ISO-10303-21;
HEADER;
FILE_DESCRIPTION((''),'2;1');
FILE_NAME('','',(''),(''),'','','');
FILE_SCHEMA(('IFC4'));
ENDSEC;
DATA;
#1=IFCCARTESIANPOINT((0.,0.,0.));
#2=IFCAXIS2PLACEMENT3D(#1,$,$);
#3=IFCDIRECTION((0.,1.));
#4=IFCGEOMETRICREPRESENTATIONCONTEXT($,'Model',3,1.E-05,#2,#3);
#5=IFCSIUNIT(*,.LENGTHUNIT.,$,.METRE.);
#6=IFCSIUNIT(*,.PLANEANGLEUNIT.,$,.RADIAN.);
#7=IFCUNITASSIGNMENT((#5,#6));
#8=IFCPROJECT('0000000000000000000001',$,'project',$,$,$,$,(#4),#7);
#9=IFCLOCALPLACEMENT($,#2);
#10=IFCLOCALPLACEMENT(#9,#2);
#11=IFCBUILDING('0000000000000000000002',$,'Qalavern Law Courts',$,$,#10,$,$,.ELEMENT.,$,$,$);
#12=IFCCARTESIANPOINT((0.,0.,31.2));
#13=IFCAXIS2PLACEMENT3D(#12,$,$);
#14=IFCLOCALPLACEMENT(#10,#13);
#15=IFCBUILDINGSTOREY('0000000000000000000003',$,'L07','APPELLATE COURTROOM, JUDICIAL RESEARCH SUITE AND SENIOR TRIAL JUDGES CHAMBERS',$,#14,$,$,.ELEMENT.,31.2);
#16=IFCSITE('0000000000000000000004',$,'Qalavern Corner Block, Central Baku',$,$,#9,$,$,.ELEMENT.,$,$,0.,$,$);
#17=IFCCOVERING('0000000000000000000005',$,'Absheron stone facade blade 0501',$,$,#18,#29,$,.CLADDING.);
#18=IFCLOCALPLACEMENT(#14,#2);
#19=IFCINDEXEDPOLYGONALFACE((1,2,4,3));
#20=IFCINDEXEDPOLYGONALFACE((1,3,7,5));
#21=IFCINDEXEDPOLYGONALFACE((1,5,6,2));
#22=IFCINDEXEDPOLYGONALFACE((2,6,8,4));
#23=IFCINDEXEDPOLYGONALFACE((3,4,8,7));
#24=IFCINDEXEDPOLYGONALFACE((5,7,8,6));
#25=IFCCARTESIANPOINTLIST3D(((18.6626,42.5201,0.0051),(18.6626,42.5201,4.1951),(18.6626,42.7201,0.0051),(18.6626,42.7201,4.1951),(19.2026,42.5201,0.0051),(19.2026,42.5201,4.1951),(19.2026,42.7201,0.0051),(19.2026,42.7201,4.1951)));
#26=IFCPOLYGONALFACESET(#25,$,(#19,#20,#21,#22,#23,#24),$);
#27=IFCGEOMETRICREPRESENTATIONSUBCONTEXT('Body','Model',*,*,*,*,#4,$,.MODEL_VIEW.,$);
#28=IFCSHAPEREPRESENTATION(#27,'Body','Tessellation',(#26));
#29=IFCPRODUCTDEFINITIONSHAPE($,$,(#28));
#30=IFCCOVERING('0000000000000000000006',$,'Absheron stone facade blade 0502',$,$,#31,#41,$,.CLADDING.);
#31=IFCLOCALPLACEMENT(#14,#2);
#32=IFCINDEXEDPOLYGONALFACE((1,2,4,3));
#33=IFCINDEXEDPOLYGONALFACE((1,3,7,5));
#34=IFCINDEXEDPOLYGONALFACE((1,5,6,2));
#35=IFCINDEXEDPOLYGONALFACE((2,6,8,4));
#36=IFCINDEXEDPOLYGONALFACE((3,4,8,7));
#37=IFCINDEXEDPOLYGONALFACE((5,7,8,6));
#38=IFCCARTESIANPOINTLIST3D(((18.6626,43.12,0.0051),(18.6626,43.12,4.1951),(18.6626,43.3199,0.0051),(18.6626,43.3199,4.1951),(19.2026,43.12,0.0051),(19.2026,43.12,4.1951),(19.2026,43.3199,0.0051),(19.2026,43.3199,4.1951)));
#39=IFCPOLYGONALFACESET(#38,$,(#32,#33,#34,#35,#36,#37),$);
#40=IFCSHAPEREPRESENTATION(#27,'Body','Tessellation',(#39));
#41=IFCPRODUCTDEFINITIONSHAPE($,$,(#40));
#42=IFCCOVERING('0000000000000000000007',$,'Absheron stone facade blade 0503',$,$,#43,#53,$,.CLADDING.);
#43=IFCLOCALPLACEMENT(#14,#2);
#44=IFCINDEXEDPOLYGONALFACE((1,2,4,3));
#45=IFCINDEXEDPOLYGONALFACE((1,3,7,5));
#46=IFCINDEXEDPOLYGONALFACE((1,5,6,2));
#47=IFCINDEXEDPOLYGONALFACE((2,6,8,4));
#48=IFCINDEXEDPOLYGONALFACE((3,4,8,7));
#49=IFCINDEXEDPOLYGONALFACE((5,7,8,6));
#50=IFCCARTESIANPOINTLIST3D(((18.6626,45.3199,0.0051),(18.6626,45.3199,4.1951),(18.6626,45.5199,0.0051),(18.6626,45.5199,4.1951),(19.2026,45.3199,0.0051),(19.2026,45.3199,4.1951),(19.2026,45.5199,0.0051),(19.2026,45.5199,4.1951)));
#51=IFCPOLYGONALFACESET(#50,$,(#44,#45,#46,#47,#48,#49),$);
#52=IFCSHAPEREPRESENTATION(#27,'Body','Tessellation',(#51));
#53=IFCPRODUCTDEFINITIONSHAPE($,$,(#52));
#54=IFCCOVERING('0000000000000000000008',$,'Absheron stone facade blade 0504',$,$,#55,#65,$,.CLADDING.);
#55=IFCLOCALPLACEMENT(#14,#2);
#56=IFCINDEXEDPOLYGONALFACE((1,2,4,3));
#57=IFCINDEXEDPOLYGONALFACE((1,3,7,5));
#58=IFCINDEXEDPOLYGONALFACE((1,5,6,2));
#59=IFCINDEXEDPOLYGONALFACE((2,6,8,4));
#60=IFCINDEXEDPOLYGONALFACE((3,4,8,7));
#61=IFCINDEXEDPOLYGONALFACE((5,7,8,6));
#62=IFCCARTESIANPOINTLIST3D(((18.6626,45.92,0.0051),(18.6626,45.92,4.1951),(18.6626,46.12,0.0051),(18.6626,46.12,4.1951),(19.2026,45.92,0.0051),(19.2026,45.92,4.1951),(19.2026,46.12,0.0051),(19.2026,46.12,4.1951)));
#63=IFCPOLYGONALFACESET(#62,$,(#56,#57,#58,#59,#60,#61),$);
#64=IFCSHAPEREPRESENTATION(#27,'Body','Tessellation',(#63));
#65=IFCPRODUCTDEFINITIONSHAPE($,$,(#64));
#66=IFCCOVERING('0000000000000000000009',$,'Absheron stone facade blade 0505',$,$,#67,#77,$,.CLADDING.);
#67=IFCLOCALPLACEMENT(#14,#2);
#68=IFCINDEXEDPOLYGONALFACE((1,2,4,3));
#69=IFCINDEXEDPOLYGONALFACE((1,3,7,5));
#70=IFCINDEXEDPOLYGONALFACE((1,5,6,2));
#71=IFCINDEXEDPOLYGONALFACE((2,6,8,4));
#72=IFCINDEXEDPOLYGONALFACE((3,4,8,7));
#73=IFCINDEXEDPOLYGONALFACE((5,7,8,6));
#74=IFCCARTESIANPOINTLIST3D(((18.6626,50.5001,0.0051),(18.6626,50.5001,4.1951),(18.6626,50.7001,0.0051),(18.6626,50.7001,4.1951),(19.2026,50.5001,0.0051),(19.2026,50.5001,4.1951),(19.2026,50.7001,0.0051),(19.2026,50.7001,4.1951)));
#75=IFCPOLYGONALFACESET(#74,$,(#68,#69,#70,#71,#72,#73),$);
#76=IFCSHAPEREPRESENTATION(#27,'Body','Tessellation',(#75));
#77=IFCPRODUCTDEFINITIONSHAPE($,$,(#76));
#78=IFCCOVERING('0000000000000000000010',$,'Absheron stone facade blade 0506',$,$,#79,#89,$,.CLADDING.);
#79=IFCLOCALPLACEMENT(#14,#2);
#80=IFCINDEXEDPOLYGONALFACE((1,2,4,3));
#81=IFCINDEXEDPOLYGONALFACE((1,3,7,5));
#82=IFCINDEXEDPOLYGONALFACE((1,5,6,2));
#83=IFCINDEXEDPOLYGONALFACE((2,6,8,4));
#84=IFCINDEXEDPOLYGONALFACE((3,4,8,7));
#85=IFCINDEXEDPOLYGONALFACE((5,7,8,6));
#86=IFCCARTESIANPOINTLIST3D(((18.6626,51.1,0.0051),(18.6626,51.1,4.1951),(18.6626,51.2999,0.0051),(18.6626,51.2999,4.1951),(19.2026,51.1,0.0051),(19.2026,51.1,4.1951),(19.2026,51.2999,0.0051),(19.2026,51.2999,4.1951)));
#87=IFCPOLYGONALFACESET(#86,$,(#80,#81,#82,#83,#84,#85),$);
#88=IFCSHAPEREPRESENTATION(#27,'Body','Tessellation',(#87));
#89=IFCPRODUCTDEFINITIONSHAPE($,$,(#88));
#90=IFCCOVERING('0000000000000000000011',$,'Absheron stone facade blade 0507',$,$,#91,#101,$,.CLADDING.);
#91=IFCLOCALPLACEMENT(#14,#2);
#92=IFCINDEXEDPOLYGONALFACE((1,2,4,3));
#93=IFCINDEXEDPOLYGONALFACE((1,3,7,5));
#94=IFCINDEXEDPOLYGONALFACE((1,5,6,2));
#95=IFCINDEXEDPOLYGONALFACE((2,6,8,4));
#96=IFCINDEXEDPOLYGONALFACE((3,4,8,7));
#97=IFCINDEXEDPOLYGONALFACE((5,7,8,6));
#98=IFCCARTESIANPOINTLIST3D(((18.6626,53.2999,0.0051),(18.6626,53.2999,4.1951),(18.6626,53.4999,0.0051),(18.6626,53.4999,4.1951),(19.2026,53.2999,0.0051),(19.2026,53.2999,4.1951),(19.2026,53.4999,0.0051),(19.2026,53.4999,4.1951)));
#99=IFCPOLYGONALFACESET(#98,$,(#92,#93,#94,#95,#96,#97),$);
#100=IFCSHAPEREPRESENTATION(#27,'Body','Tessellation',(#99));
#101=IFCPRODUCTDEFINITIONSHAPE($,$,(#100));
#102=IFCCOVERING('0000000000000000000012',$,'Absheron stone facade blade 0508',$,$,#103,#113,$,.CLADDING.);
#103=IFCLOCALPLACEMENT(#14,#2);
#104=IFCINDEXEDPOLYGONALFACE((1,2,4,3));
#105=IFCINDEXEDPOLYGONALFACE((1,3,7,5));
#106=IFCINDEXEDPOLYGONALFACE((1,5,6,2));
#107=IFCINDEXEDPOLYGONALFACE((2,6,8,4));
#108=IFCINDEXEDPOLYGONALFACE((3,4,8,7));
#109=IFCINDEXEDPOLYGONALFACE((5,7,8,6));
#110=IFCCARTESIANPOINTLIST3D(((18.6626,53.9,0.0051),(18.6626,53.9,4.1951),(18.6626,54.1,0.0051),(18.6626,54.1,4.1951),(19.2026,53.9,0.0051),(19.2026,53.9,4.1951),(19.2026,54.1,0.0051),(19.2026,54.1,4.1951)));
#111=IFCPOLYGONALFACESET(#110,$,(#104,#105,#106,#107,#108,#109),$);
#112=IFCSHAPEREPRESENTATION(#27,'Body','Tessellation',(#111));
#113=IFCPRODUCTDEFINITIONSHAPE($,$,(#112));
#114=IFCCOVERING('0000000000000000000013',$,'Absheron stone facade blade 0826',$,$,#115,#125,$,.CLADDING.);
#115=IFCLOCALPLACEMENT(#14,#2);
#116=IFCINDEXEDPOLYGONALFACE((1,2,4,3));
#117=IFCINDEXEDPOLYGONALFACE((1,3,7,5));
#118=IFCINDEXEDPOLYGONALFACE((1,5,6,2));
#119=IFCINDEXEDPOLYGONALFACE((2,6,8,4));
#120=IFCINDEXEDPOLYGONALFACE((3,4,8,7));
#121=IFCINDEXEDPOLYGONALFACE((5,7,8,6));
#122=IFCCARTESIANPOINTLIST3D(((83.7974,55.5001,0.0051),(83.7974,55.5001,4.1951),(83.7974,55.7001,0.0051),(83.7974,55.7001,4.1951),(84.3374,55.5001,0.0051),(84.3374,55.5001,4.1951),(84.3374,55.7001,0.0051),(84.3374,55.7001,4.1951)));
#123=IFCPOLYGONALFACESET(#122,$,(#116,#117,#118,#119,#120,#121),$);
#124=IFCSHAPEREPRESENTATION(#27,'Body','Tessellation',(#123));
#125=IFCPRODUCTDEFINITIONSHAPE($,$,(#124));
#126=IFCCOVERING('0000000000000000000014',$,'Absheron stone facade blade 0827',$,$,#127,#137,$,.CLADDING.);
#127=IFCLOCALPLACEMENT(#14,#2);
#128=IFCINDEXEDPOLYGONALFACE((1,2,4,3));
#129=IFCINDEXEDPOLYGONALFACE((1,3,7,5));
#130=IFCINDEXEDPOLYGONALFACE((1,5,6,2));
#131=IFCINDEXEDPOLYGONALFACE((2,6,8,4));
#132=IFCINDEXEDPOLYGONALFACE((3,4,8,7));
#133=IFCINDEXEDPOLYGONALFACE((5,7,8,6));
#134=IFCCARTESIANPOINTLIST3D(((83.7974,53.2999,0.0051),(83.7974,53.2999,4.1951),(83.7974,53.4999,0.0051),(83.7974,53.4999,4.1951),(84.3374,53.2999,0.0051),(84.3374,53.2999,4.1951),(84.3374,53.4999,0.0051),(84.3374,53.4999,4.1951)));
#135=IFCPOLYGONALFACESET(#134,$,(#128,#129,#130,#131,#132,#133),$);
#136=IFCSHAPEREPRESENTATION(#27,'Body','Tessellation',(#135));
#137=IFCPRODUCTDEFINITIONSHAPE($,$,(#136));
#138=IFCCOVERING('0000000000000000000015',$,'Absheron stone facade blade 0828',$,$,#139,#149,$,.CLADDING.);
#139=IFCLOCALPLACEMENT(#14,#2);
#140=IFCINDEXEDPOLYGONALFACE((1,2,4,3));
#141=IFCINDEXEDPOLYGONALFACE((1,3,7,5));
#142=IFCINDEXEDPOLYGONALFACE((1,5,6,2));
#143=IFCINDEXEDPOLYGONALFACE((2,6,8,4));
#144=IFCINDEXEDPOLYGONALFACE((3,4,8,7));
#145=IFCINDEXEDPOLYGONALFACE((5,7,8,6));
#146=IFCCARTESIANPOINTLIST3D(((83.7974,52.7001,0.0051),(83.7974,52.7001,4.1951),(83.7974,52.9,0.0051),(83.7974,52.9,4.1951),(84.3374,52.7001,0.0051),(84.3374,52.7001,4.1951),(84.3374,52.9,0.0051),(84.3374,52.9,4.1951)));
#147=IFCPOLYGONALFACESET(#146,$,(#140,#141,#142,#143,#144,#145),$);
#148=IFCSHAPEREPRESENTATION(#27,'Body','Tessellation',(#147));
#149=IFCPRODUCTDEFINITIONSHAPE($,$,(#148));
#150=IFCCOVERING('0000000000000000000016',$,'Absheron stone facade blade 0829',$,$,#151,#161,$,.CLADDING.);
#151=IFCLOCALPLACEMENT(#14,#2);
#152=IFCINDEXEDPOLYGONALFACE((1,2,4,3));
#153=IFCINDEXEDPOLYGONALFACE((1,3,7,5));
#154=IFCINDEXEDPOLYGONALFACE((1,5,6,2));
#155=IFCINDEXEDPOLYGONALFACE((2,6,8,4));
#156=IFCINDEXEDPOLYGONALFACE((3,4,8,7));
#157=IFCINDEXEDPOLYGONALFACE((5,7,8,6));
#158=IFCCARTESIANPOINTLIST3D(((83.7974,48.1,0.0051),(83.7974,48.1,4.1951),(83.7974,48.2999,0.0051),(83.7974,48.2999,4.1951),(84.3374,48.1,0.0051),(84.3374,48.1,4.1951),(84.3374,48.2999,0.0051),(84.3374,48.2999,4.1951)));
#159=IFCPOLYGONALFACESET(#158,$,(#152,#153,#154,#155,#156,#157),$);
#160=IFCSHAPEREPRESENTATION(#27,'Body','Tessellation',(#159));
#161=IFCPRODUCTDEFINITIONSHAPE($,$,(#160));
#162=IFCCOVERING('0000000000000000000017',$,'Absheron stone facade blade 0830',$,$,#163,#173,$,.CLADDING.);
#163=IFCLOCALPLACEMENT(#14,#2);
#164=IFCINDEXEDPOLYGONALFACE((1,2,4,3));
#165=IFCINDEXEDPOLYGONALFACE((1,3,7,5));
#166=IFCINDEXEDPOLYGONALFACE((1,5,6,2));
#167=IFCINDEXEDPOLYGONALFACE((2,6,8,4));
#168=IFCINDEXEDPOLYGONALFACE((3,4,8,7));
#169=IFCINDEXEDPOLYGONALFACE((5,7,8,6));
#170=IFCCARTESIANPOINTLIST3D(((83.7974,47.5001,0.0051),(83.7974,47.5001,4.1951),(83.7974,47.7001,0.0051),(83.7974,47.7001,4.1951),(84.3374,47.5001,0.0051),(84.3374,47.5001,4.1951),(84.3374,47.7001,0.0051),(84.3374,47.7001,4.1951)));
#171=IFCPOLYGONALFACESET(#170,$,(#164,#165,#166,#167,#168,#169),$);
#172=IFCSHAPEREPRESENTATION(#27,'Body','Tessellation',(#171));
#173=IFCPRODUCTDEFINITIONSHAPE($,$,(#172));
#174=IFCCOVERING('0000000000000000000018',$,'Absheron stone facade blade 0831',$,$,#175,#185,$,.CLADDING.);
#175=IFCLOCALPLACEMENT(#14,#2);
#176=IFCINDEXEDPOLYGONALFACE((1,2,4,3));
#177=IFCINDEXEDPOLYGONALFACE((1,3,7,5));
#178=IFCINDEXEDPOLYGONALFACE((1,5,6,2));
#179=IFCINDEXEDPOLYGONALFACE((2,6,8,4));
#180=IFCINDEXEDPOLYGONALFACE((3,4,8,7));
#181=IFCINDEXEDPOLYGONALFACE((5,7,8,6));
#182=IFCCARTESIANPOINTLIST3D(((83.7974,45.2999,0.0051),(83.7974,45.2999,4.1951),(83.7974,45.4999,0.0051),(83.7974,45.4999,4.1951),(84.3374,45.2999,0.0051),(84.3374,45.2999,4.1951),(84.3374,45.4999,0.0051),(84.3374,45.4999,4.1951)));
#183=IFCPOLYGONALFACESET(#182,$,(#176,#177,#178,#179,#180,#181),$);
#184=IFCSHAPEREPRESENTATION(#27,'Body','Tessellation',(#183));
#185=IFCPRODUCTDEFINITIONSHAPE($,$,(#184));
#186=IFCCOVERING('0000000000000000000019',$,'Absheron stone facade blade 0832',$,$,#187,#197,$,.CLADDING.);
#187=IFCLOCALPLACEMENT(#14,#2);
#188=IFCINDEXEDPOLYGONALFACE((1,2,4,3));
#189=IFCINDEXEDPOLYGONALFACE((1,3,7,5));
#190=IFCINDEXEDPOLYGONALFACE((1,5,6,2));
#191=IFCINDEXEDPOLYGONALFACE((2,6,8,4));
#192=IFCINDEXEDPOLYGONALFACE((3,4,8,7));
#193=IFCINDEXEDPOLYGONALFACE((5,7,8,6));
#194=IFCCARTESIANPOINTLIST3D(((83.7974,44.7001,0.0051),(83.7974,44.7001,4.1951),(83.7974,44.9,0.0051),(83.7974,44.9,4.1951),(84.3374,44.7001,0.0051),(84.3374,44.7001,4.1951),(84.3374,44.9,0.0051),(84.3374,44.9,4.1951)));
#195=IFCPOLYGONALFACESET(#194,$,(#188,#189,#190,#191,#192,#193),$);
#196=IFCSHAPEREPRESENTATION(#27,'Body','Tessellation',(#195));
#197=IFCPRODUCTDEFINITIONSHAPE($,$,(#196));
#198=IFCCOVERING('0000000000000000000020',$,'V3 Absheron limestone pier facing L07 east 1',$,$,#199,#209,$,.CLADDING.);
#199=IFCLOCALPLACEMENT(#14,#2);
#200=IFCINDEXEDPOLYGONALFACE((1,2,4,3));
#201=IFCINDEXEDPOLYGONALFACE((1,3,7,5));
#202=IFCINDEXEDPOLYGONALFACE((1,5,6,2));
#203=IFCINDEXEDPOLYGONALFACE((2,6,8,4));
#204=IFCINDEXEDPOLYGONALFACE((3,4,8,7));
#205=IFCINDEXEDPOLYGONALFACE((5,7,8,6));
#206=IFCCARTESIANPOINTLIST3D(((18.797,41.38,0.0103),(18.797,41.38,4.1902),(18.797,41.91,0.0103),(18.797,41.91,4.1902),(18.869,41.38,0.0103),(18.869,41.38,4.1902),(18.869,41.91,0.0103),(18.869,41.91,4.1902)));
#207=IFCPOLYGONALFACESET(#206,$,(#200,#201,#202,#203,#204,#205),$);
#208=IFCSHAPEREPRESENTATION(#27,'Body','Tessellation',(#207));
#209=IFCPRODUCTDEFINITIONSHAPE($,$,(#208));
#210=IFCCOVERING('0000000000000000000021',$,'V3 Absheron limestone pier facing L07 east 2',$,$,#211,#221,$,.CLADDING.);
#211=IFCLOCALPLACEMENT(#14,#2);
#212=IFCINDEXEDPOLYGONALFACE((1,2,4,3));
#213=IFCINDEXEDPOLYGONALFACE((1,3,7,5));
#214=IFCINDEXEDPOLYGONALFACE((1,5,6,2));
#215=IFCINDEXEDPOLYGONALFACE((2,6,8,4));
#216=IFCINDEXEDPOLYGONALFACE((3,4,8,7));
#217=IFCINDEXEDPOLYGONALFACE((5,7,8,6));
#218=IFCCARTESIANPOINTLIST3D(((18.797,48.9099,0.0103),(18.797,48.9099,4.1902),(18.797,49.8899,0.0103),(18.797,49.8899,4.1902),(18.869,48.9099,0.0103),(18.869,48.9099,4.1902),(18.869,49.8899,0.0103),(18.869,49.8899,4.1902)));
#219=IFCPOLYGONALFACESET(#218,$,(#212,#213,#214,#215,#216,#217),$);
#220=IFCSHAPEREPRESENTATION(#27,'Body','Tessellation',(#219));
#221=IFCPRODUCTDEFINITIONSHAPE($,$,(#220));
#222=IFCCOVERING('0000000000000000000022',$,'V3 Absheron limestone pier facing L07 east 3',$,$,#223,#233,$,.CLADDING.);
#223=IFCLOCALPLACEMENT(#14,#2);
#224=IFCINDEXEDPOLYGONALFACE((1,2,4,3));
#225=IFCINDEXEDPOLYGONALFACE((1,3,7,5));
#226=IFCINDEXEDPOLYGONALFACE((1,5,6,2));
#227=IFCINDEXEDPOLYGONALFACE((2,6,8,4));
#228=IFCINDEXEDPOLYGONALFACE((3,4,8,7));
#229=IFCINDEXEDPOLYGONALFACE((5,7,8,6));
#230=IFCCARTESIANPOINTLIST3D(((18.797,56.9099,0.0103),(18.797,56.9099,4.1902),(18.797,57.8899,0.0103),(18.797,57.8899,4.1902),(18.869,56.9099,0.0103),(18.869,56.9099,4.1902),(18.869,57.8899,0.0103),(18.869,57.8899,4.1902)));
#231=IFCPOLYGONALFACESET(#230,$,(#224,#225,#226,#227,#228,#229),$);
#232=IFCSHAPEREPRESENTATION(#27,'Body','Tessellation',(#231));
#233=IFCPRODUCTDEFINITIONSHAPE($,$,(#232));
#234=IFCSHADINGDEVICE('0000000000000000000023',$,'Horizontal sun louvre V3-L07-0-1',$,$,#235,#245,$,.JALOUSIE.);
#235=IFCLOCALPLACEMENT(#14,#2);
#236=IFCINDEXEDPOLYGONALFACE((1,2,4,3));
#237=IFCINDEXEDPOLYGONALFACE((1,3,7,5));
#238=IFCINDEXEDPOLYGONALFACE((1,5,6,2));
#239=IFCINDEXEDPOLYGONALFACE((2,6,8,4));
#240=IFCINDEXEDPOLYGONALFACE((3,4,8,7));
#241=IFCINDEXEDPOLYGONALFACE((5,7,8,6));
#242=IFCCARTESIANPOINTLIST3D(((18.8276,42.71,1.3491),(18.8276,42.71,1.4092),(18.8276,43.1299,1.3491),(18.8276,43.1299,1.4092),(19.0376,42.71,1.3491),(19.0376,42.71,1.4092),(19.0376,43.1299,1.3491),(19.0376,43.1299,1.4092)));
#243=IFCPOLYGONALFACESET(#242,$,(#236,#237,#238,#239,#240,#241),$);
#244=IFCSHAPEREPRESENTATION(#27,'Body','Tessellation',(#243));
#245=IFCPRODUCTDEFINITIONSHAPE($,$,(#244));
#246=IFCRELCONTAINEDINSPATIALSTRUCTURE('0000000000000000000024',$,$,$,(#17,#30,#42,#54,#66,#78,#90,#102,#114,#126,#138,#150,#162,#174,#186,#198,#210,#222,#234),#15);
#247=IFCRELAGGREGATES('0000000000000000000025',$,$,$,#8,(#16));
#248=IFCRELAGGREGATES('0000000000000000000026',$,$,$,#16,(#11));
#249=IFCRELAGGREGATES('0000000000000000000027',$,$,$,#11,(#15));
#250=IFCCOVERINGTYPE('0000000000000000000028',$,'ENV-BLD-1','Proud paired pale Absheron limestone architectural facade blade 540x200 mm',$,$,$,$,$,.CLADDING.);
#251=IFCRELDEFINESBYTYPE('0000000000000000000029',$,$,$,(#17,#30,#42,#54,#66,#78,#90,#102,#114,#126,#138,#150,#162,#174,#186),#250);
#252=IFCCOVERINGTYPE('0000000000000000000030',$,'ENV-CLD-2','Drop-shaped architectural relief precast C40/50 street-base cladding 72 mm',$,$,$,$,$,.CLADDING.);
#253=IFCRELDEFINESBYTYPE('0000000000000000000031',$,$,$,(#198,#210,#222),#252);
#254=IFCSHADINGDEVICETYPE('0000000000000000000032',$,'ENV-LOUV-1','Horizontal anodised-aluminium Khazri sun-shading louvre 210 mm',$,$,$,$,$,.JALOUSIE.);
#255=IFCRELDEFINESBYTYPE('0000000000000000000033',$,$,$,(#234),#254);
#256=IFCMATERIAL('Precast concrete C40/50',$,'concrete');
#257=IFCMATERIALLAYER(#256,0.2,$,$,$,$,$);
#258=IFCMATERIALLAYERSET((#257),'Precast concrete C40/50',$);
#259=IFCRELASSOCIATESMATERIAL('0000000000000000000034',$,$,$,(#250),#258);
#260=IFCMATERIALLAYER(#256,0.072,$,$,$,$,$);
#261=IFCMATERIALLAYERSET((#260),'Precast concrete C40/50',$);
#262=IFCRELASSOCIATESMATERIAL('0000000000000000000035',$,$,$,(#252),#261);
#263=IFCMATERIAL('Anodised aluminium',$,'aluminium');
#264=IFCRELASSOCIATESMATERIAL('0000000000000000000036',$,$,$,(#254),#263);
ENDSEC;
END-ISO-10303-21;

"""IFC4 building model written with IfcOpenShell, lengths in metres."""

from ifc_helpers import new_model, si_unit, direction, frame, origin, origin_2d, place, context, subcontext, project, spatial, rectangle, extrude, material, layer, layer_set, type_object, element, save


model = new_model("IFC4")

# Units and contexts
model_context = context("Model", 3, precision=1e-05, world=origin(), true_north=direction((0.0, 1.0)))
body_context = subcontext(model_context, "Body", "Model", "MODEL_VIEW")
ifc_project = project(units=[si_unit("LENGTHUNIT", "METRE"), si_unit("PLANEANGLEUNIT", "RADIAN")], contexts=[model_context])

# Site, building, storey
site_placement = place(None, origin())
site = spatial("IfcSite", under=ifc_project, at=site_placement, Name="Qalavern Corner Block, Central Baku", CompositionType="ELEMENT", RefElevation=0.0)
building_placement = place(site_placement, origin())
building = spatial("IfcBuilding", under=site, at=building_placement, Name="Qalavern Law Courts", CompositionType="ELEMENT")
storey_placement = place(building_placement, frame((0.0, 0.0, 31.2)))
storey = spatial("IfcBuildingStorey", under=building, at=storey_placement, Name="L07", Description="APPELLATE COURTROOM, JUDICIAL RESEARCH SUITE AND SENIOR TRIAL JUDGES CHAMBERS", CompositionType="ELEMENT", Elevation=31.2)

# Coverings
ifc_material_1 = material(Name="Precast concrete C40/50", Category="concrete")
ifc_layer_1 = layer(ifc_material_1, 0.2)
ifc_layer_set_1 = layer_set([ifc_layer_1], Name="Precast concrete C40/50")
covering_type_1 = type_object("IfcCoveringType", Name="ENV-BLD-1", Description="Proud paired pale Absheron limestone architectural facade blade 540x200 mm", PredefinedType="CLADDING", material=ifc_layer_set_1)
for number, where, z_axis, x_axis, name in (
    (1, (18.9326, 42.6201, 0.0051), (0.0, 0.0, 1.0), (1.0, 0.0, 0.0), "Absheron stone facade blade 0501"),
    (2, (18.9326, 43.22, 0.0051), (0.0, 0.0, 1.0), (1.0, 0.0, 0.0), "Absheron stone facade blade 0502"),
    (3, (18.9326, 45.4199, 0.0051), (0.0, 0.0, 1.0), (1.0, 0.0, 0.0), "Absheron stone facade blade 0503"),
    (4, (18.9326, 46.02, 0.0051), (0.0, 0.0, 1.0), (1.0, 0.0, 0.0), "Absheron stone facade blade 0504"),
    (5, (18.9326, 50.6001, 0.0051), (0.0, 0.0, 1.0), (1.0, 0.0, 0.0), "Absheron stone facade blade 0505"),
    (6, (18.9326, 51.2, 0.0051), (0.0, 0.0, 1.0), (1.0, 0.0, 0.0), "Absheron stone facade blade 0506"),
    (7, (18.9326, 53.3999, 0.0051), (0.0, 0.0, 1.0), (1.0, 0.0, 0.0), "Absheron stone facade blade 0507"),
    (8, (18.9326, 54.0, 0.0051), (0.0, 0.0, 1.0), (1.0, 0.0, 0.0), "Absheron stone facade blade 0508"),
    (9, (84.0674, 55.6001, 0.0051), (0.0, 0.0, 1.0), (-1.0, 0.0, 0.0), "Absheron stone facade blade 0826"),
    (10, (84.0674, 53.3999, 0.0051), (0.0, 0.0, 1.0), (-1.0, 0.0, 0.0), "Absheron stone facade blade 0827"),
    (11, (84.0674, 52.8, 0.0051), (0.0, 0.0, 1.0), (-1.0, 0.0, 0.0), "Absheron stone facade blade 0828"),
    (12, (84.0674, 48.2, 0.0051), (0.0, 0.0, 1.0), (-1.0, 0.0, 0.0), "Absheron stone facade blade 0829"),
    (13, (84.0674, 47.6001, 0.0051), (0.0, 0.0, 1.0), (-1.0, 0.0, 0.0), "Absheron stone facade blade 0830"),
    (14, (84.0674, 45.3999, 0.0051), (0.0, 0.0, 1.0), (-1.0, 0.0, 0.0), "Absheron stone facade blade 0831"),
    (15, (84.0674, 44.8, 0.0051), (0.0, 0.0, 1.0), (-1.0, 0.0, 0.0), "Absheron stone facade blade 0832"),
):
    element("IfcCovering", number, at=place(storey_placement, frame(where, z_axis=z_axis, x_axis=x_axis)), inside=storey, type_object=covering_type_1, Name=name, PredefinedType="CLADDING", context=body_context, shape_type="SweptSolid", body=[
        extrude(rectangle(XDim=0.54, YDim=0.2, at=origin_2d()), origin(), (0.0, 0.0, 1.0), 4.1899),
    ])
ifc_layer_2 = layer(ifc_material_1, 0.072)
ifc_layer_set_2 = layer_set([ifc_layer_2], Name="Precast concrete C40/50")
covering_type_2 = type_object("IfcCoveringType", Name="ENV-CLD-2", Description="Drop-shaped architectural relief precast C40/50 street-base cladding 72 mm", PredefinedType="CLADDING", material=ifc_layer_set_2)
covering_placement = place(storey_placement, frame((18.833, 41.645, 0.0103), z_axis=(0.0, 0.0, 1.0), x_axis=(0.0, 1.0, 0.0)))
element("IfcCovering", 16, at=covering_placement, inside=storey, type_object=covering_type_2, Name="V3 Absheron limestone pier facing L07 east 1", PredefinedType="CLADDING", context=body_context, shape_type="SweptSolid", body=[
    extrude(rectangle(XDim=0.53, YDim=0.072, at=origin_2d()), origin(), (0.0, 0.0, 1.0), 4.1799),
])
for number, where, z_axis, x_axis, name in (
    (17, (18.833, 49.3999, 0.0103), (0.0, 0.0, 1.0), (0.0, 1.0, 0.0), "V3 Absheron limestone pier facing L07 east 2"),
    (18, (18.833, 57.3999, 0.0103), (0.0, 0.0, 1.0), (0.0, 1.0, 0.0), "V3 Absheron limestone pier facing L07 east 3"),
):
    element("IfcCovering", number, at=place(storey_placement, frame(where, z_axis=z_axis, x_axis=x_axis)), inside=storey, type_object=covering_type_2, Name=name, PredefinedType="CLADDING", context=body_context, shape_type="SweptSolid", body=[
        extrude(rectangle(XDim=0.98, YDim=0.072, at=origin_2d()), origin(), (0.0, 0.0, 1.0), 4.1799),
    ])

# Shading device
ifc_material_2 = material(Name="Anodised aluminium", Category="aluminium")
shading_device_type_1 = type_object("IfcShadingDeviceType", Name="ENV-LOUV-1", Description="Horizontal anodised-aluminium Khazri sun-shading louvre 210 mm", PredefinedType="JALOUSIE", material=ifc_material_2)
for number, where, z_axis, x_axis, name in (
    (19, (18.9326, 42.9199, 1.3491), (0.0, 0.0, 1.0), (0.0, 1.0, 0.0), "Horizontal sun louvre V3-L07-0-1"),
):
    element("IfcShadingDevice", number, at=place(storey_placement, frame(where, z_axis=z_axis, x_axis=x_axis)), inside=storey, type_object=shading_device_type_1, Name=name, PredefinedType="JALOUSIE", context=body_context, shape_type="SweptSolid", body=[
        extrude(rectangle(XDim=0.4199, YDim=0.21, at=origin_2d()), origin(), (0.0, 0.0, 1.0), 0.0601),
    ])

save(model, "model.ifc")
